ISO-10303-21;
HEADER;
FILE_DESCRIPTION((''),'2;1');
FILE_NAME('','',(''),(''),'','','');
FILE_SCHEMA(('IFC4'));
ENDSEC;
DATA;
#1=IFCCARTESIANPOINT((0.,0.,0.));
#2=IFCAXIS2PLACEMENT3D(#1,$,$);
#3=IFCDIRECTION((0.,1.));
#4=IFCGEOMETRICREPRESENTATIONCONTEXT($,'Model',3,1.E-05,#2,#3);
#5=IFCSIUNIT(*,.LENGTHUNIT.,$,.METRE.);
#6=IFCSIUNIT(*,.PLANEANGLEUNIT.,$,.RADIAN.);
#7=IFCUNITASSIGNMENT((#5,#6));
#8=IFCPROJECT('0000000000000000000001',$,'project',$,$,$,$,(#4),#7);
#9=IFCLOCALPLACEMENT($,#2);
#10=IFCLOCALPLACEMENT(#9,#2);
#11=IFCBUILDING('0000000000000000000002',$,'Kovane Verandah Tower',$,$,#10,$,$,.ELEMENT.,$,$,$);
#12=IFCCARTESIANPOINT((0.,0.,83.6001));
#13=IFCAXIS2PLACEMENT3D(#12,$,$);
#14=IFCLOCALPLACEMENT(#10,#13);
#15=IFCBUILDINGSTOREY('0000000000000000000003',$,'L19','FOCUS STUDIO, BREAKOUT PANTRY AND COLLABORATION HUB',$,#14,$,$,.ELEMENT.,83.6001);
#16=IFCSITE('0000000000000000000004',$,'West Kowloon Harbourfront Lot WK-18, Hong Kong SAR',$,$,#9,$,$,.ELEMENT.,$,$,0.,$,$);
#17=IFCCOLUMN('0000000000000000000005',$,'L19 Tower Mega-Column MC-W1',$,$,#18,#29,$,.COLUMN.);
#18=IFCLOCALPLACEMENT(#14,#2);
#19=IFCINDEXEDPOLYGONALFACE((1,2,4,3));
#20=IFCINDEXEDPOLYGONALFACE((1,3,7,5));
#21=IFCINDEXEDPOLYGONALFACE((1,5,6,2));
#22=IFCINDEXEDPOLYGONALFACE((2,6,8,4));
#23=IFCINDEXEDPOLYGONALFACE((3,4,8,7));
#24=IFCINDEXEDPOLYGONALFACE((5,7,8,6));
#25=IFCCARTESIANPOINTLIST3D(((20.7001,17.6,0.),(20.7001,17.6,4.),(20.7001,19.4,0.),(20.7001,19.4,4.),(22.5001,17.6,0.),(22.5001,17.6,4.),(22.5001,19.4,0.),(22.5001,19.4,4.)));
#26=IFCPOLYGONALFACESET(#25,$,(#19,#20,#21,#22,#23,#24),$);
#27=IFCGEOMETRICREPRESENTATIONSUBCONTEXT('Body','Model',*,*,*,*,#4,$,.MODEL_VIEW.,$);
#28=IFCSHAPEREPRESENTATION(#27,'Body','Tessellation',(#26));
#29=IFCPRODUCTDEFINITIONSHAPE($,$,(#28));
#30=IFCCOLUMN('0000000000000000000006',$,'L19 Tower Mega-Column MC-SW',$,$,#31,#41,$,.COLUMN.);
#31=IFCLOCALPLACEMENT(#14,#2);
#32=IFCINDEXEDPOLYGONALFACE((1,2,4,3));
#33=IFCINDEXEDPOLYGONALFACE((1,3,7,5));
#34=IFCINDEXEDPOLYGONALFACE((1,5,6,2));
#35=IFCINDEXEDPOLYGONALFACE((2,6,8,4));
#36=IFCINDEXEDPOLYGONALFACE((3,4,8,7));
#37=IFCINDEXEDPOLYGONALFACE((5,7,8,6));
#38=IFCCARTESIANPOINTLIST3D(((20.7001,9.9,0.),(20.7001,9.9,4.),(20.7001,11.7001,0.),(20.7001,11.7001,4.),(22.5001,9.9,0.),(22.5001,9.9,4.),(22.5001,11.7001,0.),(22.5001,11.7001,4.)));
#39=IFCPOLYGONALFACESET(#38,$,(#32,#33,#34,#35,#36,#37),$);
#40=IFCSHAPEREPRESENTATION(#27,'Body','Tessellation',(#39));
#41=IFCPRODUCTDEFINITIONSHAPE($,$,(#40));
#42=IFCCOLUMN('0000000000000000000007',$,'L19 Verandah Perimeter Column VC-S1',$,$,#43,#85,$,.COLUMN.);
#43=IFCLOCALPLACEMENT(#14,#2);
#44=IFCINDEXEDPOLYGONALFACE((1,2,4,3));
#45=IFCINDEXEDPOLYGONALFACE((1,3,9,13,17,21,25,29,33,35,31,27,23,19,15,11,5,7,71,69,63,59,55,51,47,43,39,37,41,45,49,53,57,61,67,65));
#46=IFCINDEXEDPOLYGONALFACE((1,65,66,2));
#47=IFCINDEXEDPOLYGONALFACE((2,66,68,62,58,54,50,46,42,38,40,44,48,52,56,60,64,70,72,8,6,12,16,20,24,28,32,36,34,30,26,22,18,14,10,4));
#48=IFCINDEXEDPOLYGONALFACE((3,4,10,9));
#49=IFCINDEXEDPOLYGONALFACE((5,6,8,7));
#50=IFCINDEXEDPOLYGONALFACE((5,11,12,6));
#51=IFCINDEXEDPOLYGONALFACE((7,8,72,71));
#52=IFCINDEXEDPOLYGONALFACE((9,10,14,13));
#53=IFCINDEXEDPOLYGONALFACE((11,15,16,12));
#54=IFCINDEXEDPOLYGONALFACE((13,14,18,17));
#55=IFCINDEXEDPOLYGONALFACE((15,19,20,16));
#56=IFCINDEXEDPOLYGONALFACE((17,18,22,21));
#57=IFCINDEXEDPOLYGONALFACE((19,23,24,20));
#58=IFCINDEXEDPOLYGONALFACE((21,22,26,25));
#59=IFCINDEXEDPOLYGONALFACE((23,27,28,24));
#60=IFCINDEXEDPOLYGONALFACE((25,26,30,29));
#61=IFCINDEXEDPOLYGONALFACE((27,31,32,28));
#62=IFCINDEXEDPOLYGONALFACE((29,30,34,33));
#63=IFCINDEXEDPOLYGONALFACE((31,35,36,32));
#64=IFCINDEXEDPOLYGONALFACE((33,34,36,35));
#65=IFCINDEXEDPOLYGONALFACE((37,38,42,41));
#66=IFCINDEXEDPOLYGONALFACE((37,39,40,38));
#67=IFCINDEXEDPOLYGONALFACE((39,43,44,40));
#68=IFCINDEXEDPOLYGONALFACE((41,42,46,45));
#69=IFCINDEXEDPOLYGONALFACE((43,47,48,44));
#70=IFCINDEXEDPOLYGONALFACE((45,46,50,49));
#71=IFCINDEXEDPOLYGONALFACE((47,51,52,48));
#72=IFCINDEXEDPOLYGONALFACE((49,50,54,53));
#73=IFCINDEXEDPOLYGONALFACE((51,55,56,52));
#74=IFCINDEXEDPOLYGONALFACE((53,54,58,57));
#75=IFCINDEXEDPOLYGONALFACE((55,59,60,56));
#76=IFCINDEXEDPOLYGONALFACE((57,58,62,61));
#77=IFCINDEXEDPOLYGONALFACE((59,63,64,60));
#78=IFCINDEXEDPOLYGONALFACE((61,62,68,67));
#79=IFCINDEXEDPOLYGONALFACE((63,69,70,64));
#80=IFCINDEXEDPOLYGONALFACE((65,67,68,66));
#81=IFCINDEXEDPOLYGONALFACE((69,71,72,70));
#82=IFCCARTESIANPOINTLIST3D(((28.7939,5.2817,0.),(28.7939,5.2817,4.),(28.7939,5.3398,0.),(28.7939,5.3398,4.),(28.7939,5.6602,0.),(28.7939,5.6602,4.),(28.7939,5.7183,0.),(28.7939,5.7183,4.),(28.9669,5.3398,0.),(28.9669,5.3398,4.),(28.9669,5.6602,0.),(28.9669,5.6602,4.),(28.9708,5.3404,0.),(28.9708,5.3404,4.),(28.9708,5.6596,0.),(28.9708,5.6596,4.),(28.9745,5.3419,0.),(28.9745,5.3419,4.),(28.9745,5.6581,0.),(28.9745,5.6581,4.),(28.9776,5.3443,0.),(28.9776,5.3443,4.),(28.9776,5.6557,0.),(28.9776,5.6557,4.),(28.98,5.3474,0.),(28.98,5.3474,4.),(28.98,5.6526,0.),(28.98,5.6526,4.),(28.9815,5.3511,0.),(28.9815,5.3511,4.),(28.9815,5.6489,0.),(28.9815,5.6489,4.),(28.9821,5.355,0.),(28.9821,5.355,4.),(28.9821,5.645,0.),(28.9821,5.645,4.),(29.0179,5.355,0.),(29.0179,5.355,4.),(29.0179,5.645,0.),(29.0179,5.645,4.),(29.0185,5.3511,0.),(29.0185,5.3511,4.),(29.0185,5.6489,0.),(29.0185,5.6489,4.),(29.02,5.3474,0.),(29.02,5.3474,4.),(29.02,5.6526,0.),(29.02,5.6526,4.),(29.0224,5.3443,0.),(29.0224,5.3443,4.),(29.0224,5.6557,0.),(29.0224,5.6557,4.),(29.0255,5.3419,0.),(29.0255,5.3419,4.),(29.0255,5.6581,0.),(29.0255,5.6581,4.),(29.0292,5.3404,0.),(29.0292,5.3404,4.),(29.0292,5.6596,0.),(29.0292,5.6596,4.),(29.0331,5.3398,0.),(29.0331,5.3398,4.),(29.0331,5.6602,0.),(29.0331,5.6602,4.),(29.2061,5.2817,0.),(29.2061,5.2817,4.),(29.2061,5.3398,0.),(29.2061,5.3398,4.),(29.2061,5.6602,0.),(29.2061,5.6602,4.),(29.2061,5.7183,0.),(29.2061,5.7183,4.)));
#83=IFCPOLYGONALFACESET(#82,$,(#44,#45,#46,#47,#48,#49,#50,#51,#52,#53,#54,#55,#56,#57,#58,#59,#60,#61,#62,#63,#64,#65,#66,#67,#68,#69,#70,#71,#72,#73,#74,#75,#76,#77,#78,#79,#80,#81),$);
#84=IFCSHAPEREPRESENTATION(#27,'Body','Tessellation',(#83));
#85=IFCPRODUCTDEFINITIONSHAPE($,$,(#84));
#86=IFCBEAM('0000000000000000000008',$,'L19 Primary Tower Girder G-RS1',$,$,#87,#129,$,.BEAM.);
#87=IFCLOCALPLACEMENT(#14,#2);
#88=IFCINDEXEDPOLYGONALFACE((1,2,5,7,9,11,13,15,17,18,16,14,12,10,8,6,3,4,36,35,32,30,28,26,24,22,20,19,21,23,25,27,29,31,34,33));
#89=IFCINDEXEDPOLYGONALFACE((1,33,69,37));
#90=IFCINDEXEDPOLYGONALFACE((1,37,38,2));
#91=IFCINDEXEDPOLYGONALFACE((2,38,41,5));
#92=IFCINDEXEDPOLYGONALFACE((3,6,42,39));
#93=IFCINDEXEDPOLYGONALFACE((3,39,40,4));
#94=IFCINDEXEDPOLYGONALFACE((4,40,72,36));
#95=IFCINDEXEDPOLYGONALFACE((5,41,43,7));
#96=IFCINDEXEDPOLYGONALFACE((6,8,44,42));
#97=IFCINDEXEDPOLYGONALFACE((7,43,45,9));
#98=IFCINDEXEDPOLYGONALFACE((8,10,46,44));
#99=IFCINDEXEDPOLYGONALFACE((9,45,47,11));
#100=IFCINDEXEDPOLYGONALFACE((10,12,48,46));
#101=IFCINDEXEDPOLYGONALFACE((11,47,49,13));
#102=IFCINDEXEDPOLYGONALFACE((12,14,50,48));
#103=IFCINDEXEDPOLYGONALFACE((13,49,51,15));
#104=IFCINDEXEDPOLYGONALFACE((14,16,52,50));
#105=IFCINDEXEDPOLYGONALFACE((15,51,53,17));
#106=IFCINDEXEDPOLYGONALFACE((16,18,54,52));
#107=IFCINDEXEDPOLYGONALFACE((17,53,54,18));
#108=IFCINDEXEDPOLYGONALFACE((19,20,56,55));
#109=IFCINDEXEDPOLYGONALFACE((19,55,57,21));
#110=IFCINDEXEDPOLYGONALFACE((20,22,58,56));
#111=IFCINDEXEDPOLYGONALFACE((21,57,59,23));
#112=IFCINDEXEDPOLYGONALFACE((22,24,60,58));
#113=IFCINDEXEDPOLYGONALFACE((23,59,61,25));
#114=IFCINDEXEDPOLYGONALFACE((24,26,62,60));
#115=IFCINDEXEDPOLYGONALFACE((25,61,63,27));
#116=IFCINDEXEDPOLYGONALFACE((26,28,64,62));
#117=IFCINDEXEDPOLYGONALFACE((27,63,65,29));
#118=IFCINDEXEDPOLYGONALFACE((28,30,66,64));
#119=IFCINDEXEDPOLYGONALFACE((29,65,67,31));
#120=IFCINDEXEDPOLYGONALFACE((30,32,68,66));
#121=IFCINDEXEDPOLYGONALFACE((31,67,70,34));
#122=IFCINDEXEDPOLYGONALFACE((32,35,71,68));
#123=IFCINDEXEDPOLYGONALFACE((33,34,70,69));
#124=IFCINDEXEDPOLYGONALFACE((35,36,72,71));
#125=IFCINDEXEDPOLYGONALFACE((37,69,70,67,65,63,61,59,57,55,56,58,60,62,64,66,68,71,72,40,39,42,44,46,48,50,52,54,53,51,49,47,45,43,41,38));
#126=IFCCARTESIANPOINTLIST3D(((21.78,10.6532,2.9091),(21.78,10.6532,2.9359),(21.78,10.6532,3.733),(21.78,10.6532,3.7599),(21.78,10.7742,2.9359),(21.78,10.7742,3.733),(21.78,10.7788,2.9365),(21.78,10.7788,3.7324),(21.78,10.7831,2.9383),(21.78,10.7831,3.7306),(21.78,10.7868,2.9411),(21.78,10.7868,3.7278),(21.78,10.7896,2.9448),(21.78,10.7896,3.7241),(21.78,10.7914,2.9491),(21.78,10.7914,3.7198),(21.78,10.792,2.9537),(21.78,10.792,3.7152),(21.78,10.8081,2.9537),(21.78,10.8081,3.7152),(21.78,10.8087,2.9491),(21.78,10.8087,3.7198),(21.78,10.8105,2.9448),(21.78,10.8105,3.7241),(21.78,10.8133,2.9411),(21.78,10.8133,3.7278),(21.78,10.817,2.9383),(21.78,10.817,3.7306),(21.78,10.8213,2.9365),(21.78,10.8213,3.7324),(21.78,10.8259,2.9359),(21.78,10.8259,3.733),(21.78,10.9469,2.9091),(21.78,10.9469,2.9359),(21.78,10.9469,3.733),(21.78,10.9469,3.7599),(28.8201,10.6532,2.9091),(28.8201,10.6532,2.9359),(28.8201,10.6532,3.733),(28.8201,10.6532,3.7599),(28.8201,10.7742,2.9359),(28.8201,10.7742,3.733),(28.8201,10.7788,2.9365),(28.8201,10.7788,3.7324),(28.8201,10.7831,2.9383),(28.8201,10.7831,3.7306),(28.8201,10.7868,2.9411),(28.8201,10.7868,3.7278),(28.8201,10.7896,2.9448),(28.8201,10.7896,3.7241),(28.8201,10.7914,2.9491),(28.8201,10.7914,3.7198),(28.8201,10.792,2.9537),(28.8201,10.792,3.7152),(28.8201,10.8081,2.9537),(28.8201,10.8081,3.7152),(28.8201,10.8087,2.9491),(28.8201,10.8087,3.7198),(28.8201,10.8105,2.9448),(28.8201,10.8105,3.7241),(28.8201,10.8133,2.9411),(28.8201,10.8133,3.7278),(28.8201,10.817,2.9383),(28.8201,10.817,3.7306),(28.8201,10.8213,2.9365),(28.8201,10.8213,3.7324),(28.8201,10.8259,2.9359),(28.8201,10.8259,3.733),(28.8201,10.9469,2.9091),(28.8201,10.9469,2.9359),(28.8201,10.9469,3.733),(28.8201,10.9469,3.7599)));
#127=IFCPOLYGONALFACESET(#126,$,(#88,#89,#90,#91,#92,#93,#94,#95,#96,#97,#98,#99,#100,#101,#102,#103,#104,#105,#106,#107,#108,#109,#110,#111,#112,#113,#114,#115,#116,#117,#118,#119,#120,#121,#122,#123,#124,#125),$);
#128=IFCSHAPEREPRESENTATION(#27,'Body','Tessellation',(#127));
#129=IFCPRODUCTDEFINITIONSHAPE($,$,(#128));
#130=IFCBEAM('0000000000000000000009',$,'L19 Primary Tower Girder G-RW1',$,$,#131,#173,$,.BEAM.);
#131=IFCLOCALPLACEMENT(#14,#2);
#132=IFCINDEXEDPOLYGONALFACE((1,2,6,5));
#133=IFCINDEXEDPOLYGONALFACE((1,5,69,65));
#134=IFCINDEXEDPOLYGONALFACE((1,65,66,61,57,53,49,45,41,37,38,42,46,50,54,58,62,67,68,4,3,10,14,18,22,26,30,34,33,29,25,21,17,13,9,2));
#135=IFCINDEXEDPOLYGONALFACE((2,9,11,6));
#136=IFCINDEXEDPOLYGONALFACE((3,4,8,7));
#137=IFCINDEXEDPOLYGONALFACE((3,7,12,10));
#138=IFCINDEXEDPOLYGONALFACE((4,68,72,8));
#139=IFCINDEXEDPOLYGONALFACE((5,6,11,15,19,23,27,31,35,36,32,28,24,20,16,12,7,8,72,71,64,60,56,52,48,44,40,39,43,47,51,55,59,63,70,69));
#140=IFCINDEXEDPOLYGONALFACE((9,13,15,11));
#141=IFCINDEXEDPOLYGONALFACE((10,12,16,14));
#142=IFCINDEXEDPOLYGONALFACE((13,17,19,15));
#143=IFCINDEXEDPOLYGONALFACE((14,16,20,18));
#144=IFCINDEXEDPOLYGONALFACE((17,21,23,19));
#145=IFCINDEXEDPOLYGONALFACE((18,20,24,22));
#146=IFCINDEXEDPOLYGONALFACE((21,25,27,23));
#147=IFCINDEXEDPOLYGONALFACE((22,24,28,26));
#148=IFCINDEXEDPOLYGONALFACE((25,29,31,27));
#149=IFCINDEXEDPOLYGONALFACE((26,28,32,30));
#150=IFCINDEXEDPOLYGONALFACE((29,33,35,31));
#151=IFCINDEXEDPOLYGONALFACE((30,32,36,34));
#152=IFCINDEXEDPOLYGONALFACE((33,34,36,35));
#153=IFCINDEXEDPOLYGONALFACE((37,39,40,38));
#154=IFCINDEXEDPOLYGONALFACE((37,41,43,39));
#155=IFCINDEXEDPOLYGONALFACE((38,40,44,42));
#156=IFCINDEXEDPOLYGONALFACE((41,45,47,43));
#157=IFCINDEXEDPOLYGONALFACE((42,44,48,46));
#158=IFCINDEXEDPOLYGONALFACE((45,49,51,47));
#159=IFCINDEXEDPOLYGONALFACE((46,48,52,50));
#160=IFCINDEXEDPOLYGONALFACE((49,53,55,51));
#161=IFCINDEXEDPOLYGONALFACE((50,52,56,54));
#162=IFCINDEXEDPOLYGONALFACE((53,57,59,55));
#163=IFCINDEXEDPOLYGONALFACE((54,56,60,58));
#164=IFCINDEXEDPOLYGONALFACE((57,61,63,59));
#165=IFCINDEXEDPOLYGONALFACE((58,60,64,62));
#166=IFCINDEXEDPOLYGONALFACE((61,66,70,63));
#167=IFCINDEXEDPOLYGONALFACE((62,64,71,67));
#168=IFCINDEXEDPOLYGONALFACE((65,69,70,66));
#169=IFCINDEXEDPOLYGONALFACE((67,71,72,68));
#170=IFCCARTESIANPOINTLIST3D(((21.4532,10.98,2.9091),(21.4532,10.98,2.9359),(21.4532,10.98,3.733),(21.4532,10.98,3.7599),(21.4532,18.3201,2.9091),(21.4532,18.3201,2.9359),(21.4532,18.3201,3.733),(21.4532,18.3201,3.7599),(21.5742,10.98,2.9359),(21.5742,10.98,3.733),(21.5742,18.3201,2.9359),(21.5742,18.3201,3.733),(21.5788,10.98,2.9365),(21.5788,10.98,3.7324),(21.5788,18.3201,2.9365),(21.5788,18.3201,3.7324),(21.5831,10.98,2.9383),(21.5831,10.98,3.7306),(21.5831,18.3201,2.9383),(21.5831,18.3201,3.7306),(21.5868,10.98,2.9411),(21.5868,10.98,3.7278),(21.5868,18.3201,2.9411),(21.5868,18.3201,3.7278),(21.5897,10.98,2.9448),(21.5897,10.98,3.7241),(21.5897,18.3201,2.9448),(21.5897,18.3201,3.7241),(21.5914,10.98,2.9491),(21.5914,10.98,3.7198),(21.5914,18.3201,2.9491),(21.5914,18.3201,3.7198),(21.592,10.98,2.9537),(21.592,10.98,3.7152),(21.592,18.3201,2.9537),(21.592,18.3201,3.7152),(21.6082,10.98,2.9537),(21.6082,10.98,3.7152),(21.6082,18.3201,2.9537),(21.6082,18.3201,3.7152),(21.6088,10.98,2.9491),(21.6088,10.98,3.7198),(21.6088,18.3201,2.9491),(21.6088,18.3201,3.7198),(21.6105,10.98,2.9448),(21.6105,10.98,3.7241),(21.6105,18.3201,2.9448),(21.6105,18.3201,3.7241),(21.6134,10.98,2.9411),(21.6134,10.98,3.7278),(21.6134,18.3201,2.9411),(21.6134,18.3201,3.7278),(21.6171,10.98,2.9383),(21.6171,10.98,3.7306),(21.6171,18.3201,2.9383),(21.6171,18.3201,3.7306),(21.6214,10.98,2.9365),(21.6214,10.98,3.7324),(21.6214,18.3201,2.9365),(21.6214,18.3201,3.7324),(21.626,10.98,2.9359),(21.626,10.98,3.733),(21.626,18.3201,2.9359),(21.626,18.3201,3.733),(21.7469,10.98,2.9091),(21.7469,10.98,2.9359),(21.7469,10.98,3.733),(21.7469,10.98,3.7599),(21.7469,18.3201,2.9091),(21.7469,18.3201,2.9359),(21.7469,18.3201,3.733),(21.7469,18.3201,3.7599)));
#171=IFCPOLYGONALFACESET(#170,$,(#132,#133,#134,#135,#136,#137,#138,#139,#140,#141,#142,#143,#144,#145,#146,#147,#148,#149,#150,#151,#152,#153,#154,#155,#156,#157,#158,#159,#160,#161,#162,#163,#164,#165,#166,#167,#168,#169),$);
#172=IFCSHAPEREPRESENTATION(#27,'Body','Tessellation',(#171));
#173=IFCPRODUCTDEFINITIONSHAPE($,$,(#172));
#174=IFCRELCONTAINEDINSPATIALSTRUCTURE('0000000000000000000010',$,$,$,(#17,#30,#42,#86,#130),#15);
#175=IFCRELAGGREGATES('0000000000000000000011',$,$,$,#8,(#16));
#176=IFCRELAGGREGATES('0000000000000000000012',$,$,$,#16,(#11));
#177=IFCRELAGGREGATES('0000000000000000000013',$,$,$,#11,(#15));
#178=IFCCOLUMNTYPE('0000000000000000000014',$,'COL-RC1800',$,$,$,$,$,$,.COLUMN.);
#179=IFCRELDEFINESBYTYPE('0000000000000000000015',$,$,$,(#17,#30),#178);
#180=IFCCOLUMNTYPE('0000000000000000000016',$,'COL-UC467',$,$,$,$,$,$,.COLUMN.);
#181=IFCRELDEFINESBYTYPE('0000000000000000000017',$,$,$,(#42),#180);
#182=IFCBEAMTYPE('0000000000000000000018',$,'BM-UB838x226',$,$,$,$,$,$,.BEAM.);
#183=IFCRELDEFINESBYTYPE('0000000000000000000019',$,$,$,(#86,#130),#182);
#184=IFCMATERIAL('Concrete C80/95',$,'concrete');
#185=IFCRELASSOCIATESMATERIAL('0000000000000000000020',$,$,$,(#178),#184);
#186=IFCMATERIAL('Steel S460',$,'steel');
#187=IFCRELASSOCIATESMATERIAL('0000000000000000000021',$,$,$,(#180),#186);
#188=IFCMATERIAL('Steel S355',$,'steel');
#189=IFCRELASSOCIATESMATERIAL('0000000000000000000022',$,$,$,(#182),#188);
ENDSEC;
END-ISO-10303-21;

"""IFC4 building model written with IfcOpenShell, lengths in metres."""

from ifc_helpers import new_model, si_unit, direction, frame, origin, origin_2d, place, context, subcontext, project, spatial, rectangle, i_section, extrude, material, material_profile, profile_set, type_object, element, save


model = new_model("IFC4")

# Units and contexts
model_context = context("Model", 3, precision=1e-05, world=origin(), true_north=direction((0.0, 1.0)))
body_context = subcontext(model_context, "Body", "Model", "MODEL_VIEW")
ifc_project = project(units=[si_unit("LENGTHUNIT", "METRE"), si_unit("PLANEANGLEUNIT", "RADIAN")], contexts=[model_context])

# Site, building, storey
site_placement = place(None, origin())
site = spatial("IfcSite", under=ifc_project, at=site_placement, Name="West Kowloon Harbourfront Lot WK-18, Hong Kong SAR", CompositionType="ELEMENT", RefElevation=0.0)
building_placement = place(site_placement, origin())
building = spatial("IfcBuilding", under=site, at=building_placement, Name="Kovane Verandah Tower", CompositionType="ELEMENT")
storey_placement = place(building_placement, frame((0.0, 0.0, 83.6001)))
storey = spatial("IfcBuildingStorey", under=building, at=storey_placement, Name="L19", Description="FOCUS STUDIO, BREAKOUT PANTRY AND COLLABORATION HUB", CompositionType="ELEMENT", Elevation=83.6001)

# Columns
ifc_material_1 = material(Name="Concrete C80/95", Category="concrete")
ifc_material_profile_1 = material_profile(ifc_material_1, rectangle(XDim=1.8, YDim=1.8, at=origin_2d()), Name="RC1800x1800")
ifc_profile_set_1 = profile_set([ifc_material_profile_1], Name="Concrete C80/95")
column_type_1 = type_object("IfcColumnType", Name="COL-RC1800", PredefinedType="COLUMN", material=ifc_profile_set_1)
for number, where, z_axis, x_axis, name in (
    (1, (21.6001, 18.5, 0.0), (0.0, 0.0, 1.0), (1.0, 0.0, 0.0), "L19 Tower Mega-Column MC-W1"),
    (2, (21.6001, 10.8, 0.0), (0.0, 0.0, 1.0), (1.0, 0.0, 0.0), "L19 Tower Mega-Column MC-SW"),
):
    element("IfcColumn", number, at=place(storey_placement, frame(where, z_axis=z_axis, x_axis=x_axis)), inside=storey, type_object=column_type_1, Name=name, PredefinedType="COLUMN", context=body_context, shape_type="SweptSolid", body=[
        extrude(rectangle(XDim=1.8, YDim=1.8, at=origin_2d()), origin(), (0.0, 0.0, 1.0), 4.0),
    ])
ifc_material_2 = material(Name="Steel S460", Category="steel")
ifc_material_profile_2 = material_profile(ifc_material_2, i_section(OverallWidth=0.4121, OverallDepth=0.4365, WebThickness=0.0359, FlangeThickness=0.0581, FilletRadius=0.0151, at=origin_2d()), Name="UC356x406x467")
ifc_profile_set_2 = profile_set([ifc_material_profile_2], Name="Steel S460")
column_type_2 = type_object("IfcColumnType", Name="COL-UC467", PredefinedType="COLUMN", material=ifc_profile_set_2)
column_placement = place(storey_placement, frame((29.0, 5.5, 0.0), z_axis=(0.0, 0.0, 1.0), x_axis=(1.0, 0.0, 0.0)))
element("IfcColumn", 3, at=column_placement, inside=storey, type_object=column_type_2, Name="L19 Verandah Perimeter Column VC-S1", PredefinedType="COLUMN", context=body_context, shape_type="SweptSolid", body=[
    extrude(i_section(OverallWidth=0.4121, OverallDepth=0.4365, WebThickness=0.0359, FlangeThickness=0.0581, FilletRadius=0.0151, at=origin_2d()), origin(), (0.0, 0.0, 1.0), 4.0),
])

# Beams
ifc_material_3 = material(Name="Steel S355", Category="steel")
ifc_material_profile_3 = material_profile(ifc_material_3, i_section(OverallWidth=0.2937, OverallDepth=0.8508, WebThickness=0.0161, FlangeThickness=0.0269, FilletRadius=0.0178, at=origin_2d()), Name="UB838x292x226")
ifc_profile_set_3 = profile_set([ifc_material_profile_3], Name="Steel S355")
beam_type_1 = type_object("IfcBeamType", Name="BM-UB838x226", PredefinedType="BEAM", material=ifc_profile_set_3)
beam_1_placement = place(storey_placement, frame((21.78, 10.8, 3.3345), z_axis=(1.0, 0.0, 0.0), x_axis=(0.0, 1.0, 0.0)))
element("IfcBeam", 4, at=beam_1_placement, inside=storey, type_object=beam_type_1, Name="L19 Primary Tower Girder G-RS1", PredefinedType="BEAM", context=body_context, shape_type="SweptSolid", body=[
    extrude(i_section(OverallWidth=0.2937, OverallDepth=0.8508, WebThickness=0.0161, FlangeThickness=0.0269, FilletRadius=0.0178, at=origin_2d()), origin(), (0.0, 0.0, 1.0), 7.04),
])
beam_2_placement = place(storey_placement, frame((21.6001, 10.98, 3.3345), z_axis=(0.0, 1.0, 0.0), x_axis=(-1.0, 0.0, 0.0)))
element("IfcBeam", 5, at=beam_2_placement, inside=storey, type_object=beam_type_1, Name="L19 Primary Tower Girder G-RW1", PredefinedType="BEAM", context=body_context, shape_type="SweptSolid", body=[
    extrude(i_section(OverallWidth=0.2937, OverallDepth=0.8508, WebThickness=0.0161, FlangeThickness=0.0269, FilletRadius=0.0178, at=origin_2d()), origin(), (0.0, 0.0, 1.0), 7.3401),
])

save(model, "model.ifc")
